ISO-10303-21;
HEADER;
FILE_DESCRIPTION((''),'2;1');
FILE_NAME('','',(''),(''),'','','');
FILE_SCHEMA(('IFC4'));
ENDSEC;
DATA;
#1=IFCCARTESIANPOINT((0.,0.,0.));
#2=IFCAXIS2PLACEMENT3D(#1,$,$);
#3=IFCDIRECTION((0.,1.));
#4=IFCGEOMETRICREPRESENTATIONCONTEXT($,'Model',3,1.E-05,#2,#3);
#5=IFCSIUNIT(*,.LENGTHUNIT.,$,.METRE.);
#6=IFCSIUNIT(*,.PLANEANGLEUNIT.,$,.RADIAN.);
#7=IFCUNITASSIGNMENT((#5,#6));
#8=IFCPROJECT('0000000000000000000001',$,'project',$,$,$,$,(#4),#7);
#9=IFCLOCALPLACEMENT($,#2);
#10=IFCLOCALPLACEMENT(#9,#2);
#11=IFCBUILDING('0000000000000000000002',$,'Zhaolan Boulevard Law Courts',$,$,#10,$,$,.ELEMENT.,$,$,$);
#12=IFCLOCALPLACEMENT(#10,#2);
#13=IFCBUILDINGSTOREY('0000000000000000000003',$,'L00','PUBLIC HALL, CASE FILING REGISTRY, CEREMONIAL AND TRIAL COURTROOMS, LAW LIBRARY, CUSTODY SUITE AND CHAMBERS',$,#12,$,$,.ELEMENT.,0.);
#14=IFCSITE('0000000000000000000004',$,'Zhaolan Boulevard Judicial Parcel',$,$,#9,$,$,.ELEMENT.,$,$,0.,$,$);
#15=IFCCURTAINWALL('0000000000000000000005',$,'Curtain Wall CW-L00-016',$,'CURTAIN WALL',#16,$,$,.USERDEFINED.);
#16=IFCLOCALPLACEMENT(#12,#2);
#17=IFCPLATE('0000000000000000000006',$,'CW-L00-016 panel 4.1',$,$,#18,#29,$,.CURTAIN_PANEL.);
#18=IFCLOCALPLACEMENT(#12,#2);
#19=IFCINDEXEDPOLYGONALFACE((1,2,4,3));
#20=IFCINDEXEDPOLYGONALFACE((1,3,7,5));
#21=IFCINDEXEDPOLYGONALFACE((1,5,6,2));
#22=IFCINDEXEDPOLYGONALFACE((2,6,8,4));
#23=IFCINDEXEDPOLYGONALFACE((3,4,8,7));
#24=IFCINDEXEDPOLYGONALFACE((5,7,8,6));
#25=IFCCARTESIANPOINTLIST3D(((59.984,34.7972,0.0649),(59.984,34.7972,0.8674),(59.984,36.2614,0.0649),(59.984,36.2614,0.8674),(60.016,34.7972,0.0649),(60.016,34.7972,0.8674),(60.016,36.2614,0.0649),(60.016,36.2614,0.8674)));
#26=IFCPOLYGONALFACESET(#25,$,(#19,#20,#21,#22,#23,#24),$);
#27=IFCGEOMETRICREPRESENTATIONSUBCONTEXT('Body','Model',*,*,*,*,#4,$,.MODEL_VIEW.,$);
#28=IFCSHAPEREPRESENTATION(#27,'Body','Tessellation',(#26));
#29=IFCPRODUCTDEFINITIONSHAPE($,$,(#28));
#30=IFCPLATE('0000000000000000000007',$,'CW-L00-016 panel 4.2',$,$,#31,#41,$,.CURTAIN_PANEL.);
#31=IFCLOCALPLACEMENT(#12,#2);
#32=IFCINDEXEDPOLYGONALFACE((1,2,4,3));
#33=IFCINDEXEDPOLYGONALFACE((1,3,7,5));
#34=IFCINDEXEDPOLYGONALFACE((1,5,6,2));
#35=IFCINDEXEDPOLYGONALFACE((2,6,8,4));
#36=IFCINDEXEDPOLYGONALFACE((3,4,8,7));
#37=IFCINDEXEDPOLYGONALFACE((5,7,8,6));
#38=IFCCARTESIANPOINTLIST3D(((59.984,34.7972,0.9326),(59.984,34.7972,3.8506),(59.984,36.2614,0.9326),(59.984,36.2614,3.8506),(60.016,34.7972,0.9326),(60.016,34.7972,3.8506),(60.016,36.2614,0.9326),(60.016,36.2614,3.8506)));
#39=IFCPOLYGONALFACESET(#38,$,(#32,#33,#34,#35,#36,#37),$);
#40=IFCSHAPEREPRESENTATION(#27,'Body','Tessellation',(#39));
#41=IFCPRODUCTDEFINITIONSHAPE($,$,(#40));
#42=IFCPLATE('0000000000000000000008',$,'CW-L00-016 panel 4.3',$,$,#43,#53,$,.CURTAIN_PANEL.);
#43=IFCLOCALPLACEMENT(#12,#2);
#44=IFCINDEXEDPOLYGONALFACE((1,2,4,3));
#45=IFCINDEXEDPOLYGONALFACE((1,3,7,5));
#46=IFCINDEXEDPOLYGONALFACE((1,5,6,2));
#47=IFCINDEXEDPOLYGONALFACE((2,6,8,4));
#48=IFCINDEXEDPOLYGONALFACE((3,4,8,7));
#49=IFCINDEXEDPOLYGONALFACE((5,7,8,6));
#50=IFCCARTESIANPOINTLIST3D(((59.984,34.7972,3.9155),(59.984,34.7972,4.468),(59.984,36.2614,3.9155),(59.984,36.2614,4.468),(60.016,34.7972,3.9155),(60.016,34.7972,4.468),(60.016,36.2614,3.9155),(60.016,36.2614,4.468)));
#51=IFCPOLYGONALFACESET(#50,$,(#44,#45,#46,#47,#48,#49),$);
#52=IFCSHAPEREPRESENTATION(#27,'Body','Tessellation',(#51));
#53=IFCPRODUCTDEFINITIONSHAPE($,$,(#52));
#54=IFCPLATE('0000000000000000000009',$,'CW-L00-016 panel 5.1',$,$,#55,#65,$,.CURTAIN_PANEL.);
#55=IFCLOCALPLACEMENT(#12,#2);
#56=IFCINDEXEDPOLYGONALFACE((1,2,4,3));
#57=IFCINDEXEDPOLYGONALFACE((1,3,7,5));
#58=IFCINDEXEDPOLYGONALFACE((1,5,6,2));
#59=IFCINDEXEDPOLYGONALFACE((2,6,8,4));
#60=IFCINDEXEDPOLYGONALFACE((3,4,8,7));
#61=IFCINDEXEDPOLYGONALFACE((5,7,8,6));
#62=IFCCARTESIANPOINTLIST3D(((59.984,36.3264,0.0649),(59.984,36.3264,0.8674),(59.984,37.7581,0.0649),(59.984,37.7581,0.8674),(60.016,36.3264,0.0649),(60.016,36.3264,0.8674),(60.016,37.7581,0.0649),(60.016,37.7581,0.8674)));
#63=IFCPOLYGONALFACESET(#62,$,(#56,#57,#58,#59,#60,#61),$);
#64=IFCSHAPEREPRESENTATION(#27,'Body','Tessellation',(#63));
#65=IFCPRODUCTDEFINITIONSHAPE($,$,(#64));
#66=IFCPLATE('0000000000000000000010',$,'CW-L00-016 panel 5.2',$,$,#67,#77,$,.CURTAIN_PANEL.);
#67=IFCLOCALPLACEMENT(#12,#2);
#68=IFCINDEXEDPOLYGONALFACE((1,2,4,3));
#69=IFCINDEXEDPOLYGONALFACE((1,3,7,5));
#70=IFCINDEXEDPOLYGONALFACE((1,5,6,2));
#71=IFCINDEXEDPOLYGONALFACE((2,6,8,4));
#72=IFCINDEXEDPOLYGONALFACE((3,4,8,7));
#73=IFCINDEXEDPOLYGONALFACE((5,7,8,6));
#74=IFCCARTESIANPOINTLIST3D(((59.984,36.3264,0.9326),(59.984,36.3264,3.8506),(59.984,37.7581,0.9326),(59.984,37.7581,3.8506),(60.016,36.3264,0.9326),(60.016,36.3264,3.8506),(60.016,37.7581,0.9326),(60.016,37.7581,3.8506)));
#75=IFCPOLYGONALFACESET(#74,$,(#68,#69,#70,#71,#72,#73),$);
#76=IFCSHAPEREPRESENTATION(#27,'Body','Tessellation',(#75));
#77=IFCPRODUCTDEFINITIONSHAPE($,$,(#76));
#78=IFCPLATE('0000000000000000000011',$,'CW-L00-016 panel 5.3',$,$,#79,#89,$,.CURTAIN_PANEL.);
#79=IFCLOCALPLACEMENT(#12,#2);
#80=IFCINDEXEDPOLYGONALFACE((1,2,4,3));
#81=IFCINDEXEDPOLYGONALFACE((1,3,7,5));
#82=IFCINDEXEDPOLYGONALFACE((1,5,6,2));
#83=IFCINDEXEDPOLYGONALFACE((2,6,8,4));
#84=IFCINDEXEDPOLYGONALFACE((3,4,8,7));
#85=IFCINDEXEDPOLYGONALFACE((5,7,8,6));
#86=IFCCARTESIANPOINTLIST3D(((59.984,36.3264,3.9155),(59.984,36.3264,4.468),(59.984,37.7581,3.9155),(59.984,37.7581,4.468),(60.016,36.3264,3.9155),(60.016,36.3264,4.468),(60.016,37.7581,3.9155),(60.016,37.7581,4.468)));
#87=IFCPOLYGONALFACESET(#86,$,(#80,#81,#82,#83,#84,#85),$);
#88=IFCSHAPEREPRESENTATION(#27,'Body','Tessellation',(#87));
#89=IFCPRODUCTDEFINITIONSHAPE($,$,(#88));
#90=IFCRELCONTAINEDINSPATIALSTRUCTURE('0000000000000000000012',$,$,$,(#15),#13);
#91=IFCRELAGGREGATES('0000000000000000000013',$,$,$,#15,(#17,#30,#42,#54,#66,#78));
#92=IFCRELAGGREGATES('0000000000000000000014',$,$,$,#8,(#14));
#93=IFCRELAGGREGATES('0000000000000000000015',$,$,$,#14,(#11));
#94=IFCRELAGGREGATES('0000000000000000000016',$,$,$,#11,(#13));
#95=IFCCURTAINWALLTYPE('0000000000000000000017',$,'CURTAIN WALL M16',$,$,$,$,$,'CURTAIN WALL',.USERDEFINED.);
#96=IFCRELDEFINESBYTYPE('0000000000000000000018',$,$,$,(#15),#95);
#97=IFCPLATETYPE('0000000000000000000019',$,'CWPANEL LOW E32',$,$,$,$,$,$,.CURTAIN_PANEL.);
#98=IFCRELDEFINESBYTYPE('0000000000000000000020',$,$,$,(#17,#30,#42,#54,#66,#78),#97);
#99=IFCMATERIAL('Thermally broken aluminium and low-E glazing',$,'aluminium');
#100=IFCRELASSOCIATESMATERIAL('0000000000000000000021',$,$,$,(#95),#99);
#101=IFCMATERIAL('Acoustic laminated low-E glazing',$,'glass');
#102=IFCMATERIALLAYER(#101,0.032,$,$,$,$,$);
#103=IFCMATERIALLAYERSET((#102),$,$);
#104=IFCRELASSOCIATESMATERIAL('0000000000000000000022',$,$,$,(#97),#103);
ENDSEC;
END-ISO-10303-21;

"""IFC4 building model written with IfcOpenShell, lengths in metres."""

from ifc_helpers import new_model, si_unit, direction, frame, origin, origin_2d, place, context, subcontext, project, spatial, rectangle, extrude, material, layer, layer_set, type_object, element, aggregate, save


model = new_model("IFC4")

# Units and contexts
model_context = context("Model", 3, precision=1e-05, world=origin(), true_north=direction((0.0, 1.0)))
body_context = subcontext(model_context, "Body", "Model", "MODEL_VIEW")
ifc_project = project(units=[si_unit("LENGTHUNIT", "METRE"), si_unit("PLANEANGLEUNIT", "RADIAN")], contexts=[model_context])

# Site, building, storey
site_placement = place(None, origin())
site = spatial("IfcSite", under=ifc_project, at=site_placement, Name="Zhaolan Boulevard Judicial Parcel", CompositionType="ELEMENT", RefElevation=0.0)
building_placement = place(site_placement, origin())
building = spatial("IfcBuilding", under=site, at=building_placement, Name="Zhaolan Boulevard Law Courts", CompositionType="ELEMENT")
storey_placement = place(building_placement, origin())
storey = spatial("IfcBuildingStorey", under=building, at=storey_placement, Name="L00", Description="PUBLIC HALL, CASE FILING REGISTRY, CEREMONIAL AND TRIAL COURTROOMS, LAW LIBRARY, CUSTODY SUITE AND CHAMBERS", CompositionType="ELEMENT", Elevation=0.0)

# Curtain wall
ifc_material_1 = material(Name="Thermally broken aluminium and low-E glazing", Category="aluminium")
curtain_wall_type_1 = type_object("IfcCurtainWallType", Name="CURTAIN WALL M16", ElementType="CURTAIN WALL", PredefinedType="USERDEFINED", material=ifc_material_1)
curtain_wall_1_placement = place(storey_placement, origin())
curtain_wall_1 = element("IfcCurtainWall", 1, at=curtain_wall_1_placement, inside=storey, type_object=curtain_wall_type_1, Name="Curtain Wall CW-L00-016", ObjectType="CURTAIN WALL", PredefinedType="USERDEFINED")

# Plates
ifc_material_2 = material(Name="Acoustic laminated low-E glazing", Category="glass")
ifc_layer = layer(ifc_material_2, 0.032)
ifc_layer_set = layer_set([ifc_layer])
plate_type = type_object("IfcPlateType", Name="CWPANEL LOW E32", PredefinedType="CURTAIN_PANEL", material=ifc_layer_set)
plate_1_placement = place(storey_placement, frame((60.0, 35.5293, 0.0649), z_axis=(0.0, 0.0, 1.0), x_axis=(0.0, 1.0, 0.0)))
plate_1 = element("IfcPlate", 2, at=plate_1_placement, type_object=plate_type, Name="CW-L00-016 panel 4.1", PredefinedType="CURTAIN_PANEL", context=body_context, shape_type="SweptSolid", body=[
    extrude(rectangle(XDim=1.4641, YDim=0.032, at=origin_2d()), origin(), (0.0, 0.0, 1.0), 0.8025),
])
plate_2_placement = place(storey_placement, frame((60.0, 35.5293, 0.9326), z_axis=(0.0, 0.0, 1.0), x_axis=(0.0, 1.0, 0.0)))
plate_2 = element("IfcPlate", 3, at=plate_2_placement, type_object=plate_type, Name="CW-L00-016 panel 4.2", PredefinedType="CURTAIN_PANEL", context=body_context, shape_type="SweptSolid", body=[
    extrude(rectangle(XDim=1.4641, YDim=0.032, at=origin_2d()), origin(), (0.0, 0.0, 1.0), 2.918),
])
plate_3_placement = place(storey_placement, frame((60.0, 35.5293, 3.9155), z_axis=(0.0, 0.0, 1.0), x_axis=(0.0, 1.0, 0.0)))
plate_3 = element("IfcPlate", 4, at=plate_3_placement, type_object=plate_type, Name="CW-L00-016 panel 4.3", PredefinedType="CURTAIN_PANEL", context=body_context, shape_type="SweptSolid", body=[
    extrude(rectangle(XDim=1.4641, YDim=0.032, at=origin_2d()), origin(), (0.0, 0.0, 1.0), 0.5525),
])
plate_4_placement = place(storey_placement, frame((60.0, 37.0422, 0.0649), z_axis=(0.0, 0.0, 1.0), x_axis=(0.0, 1.0, 0.0)))
plate_4 = element("IfcPlate", 5, at=plate_4_placement, type_object=plate_type, Name="CW-L00-016 panel 5.1", PredefinedType="CURTAIN_PANEL", context=body_context, shape_type="SweptSolid", body=[
    extrude(rectangle(XDim=1.4316, YDim=0.032, at=origin_2d()), origin(), (0.0, 0.0, 1.0), 0.8025),
])
plate_5_placement = place(storey_placement, frame((60.0, 37.0422, 0.9326), z_axis=(0.0, 0.0, 1.0), x_axis=(0.0, 1.0, 0.0)))
plate_5 = element("IfcPlate", 6, at=plate_5_placement, type_object=plate_type, Name="CW-L00-016 panel 5.2", PredefinedType="CURTAIN_PANEL", context=body_context, shape_type="SweptSolid", body=[
    extrude(rectangle(XDim=1.4316, YDim=0.032, at=origin_2d()), origin(), (0.0, 0.0, 1.0), 2.918),
])
plate_6_placement = place(storey_placement, frame((60.0, 37.0422, 3.9155), z_axis=(0.0, 0.0, 1.0), x_axis=(0.0, 1.0, 0.0)))
plate_6 = element("IfcPlate", 7, at=plate_6_placement, type_object=plate_type, Name="CW-L00-016 panel 5.3", PredefinedType="CURTAIN_PANEL", context=body_context, shape_type="SweptSolid", body=[
    extrude(rectangle(XDim=1.4316, YDim=0.032, at=origin_2d()), origin(), (0.0, 0.0, 1.0), 0.5525),
])
aggregate(curtain_wall_1, [plate_1, plate_2, plate_3, plate_4, plate_5, plate_6])

save(model, "model.ifc")
